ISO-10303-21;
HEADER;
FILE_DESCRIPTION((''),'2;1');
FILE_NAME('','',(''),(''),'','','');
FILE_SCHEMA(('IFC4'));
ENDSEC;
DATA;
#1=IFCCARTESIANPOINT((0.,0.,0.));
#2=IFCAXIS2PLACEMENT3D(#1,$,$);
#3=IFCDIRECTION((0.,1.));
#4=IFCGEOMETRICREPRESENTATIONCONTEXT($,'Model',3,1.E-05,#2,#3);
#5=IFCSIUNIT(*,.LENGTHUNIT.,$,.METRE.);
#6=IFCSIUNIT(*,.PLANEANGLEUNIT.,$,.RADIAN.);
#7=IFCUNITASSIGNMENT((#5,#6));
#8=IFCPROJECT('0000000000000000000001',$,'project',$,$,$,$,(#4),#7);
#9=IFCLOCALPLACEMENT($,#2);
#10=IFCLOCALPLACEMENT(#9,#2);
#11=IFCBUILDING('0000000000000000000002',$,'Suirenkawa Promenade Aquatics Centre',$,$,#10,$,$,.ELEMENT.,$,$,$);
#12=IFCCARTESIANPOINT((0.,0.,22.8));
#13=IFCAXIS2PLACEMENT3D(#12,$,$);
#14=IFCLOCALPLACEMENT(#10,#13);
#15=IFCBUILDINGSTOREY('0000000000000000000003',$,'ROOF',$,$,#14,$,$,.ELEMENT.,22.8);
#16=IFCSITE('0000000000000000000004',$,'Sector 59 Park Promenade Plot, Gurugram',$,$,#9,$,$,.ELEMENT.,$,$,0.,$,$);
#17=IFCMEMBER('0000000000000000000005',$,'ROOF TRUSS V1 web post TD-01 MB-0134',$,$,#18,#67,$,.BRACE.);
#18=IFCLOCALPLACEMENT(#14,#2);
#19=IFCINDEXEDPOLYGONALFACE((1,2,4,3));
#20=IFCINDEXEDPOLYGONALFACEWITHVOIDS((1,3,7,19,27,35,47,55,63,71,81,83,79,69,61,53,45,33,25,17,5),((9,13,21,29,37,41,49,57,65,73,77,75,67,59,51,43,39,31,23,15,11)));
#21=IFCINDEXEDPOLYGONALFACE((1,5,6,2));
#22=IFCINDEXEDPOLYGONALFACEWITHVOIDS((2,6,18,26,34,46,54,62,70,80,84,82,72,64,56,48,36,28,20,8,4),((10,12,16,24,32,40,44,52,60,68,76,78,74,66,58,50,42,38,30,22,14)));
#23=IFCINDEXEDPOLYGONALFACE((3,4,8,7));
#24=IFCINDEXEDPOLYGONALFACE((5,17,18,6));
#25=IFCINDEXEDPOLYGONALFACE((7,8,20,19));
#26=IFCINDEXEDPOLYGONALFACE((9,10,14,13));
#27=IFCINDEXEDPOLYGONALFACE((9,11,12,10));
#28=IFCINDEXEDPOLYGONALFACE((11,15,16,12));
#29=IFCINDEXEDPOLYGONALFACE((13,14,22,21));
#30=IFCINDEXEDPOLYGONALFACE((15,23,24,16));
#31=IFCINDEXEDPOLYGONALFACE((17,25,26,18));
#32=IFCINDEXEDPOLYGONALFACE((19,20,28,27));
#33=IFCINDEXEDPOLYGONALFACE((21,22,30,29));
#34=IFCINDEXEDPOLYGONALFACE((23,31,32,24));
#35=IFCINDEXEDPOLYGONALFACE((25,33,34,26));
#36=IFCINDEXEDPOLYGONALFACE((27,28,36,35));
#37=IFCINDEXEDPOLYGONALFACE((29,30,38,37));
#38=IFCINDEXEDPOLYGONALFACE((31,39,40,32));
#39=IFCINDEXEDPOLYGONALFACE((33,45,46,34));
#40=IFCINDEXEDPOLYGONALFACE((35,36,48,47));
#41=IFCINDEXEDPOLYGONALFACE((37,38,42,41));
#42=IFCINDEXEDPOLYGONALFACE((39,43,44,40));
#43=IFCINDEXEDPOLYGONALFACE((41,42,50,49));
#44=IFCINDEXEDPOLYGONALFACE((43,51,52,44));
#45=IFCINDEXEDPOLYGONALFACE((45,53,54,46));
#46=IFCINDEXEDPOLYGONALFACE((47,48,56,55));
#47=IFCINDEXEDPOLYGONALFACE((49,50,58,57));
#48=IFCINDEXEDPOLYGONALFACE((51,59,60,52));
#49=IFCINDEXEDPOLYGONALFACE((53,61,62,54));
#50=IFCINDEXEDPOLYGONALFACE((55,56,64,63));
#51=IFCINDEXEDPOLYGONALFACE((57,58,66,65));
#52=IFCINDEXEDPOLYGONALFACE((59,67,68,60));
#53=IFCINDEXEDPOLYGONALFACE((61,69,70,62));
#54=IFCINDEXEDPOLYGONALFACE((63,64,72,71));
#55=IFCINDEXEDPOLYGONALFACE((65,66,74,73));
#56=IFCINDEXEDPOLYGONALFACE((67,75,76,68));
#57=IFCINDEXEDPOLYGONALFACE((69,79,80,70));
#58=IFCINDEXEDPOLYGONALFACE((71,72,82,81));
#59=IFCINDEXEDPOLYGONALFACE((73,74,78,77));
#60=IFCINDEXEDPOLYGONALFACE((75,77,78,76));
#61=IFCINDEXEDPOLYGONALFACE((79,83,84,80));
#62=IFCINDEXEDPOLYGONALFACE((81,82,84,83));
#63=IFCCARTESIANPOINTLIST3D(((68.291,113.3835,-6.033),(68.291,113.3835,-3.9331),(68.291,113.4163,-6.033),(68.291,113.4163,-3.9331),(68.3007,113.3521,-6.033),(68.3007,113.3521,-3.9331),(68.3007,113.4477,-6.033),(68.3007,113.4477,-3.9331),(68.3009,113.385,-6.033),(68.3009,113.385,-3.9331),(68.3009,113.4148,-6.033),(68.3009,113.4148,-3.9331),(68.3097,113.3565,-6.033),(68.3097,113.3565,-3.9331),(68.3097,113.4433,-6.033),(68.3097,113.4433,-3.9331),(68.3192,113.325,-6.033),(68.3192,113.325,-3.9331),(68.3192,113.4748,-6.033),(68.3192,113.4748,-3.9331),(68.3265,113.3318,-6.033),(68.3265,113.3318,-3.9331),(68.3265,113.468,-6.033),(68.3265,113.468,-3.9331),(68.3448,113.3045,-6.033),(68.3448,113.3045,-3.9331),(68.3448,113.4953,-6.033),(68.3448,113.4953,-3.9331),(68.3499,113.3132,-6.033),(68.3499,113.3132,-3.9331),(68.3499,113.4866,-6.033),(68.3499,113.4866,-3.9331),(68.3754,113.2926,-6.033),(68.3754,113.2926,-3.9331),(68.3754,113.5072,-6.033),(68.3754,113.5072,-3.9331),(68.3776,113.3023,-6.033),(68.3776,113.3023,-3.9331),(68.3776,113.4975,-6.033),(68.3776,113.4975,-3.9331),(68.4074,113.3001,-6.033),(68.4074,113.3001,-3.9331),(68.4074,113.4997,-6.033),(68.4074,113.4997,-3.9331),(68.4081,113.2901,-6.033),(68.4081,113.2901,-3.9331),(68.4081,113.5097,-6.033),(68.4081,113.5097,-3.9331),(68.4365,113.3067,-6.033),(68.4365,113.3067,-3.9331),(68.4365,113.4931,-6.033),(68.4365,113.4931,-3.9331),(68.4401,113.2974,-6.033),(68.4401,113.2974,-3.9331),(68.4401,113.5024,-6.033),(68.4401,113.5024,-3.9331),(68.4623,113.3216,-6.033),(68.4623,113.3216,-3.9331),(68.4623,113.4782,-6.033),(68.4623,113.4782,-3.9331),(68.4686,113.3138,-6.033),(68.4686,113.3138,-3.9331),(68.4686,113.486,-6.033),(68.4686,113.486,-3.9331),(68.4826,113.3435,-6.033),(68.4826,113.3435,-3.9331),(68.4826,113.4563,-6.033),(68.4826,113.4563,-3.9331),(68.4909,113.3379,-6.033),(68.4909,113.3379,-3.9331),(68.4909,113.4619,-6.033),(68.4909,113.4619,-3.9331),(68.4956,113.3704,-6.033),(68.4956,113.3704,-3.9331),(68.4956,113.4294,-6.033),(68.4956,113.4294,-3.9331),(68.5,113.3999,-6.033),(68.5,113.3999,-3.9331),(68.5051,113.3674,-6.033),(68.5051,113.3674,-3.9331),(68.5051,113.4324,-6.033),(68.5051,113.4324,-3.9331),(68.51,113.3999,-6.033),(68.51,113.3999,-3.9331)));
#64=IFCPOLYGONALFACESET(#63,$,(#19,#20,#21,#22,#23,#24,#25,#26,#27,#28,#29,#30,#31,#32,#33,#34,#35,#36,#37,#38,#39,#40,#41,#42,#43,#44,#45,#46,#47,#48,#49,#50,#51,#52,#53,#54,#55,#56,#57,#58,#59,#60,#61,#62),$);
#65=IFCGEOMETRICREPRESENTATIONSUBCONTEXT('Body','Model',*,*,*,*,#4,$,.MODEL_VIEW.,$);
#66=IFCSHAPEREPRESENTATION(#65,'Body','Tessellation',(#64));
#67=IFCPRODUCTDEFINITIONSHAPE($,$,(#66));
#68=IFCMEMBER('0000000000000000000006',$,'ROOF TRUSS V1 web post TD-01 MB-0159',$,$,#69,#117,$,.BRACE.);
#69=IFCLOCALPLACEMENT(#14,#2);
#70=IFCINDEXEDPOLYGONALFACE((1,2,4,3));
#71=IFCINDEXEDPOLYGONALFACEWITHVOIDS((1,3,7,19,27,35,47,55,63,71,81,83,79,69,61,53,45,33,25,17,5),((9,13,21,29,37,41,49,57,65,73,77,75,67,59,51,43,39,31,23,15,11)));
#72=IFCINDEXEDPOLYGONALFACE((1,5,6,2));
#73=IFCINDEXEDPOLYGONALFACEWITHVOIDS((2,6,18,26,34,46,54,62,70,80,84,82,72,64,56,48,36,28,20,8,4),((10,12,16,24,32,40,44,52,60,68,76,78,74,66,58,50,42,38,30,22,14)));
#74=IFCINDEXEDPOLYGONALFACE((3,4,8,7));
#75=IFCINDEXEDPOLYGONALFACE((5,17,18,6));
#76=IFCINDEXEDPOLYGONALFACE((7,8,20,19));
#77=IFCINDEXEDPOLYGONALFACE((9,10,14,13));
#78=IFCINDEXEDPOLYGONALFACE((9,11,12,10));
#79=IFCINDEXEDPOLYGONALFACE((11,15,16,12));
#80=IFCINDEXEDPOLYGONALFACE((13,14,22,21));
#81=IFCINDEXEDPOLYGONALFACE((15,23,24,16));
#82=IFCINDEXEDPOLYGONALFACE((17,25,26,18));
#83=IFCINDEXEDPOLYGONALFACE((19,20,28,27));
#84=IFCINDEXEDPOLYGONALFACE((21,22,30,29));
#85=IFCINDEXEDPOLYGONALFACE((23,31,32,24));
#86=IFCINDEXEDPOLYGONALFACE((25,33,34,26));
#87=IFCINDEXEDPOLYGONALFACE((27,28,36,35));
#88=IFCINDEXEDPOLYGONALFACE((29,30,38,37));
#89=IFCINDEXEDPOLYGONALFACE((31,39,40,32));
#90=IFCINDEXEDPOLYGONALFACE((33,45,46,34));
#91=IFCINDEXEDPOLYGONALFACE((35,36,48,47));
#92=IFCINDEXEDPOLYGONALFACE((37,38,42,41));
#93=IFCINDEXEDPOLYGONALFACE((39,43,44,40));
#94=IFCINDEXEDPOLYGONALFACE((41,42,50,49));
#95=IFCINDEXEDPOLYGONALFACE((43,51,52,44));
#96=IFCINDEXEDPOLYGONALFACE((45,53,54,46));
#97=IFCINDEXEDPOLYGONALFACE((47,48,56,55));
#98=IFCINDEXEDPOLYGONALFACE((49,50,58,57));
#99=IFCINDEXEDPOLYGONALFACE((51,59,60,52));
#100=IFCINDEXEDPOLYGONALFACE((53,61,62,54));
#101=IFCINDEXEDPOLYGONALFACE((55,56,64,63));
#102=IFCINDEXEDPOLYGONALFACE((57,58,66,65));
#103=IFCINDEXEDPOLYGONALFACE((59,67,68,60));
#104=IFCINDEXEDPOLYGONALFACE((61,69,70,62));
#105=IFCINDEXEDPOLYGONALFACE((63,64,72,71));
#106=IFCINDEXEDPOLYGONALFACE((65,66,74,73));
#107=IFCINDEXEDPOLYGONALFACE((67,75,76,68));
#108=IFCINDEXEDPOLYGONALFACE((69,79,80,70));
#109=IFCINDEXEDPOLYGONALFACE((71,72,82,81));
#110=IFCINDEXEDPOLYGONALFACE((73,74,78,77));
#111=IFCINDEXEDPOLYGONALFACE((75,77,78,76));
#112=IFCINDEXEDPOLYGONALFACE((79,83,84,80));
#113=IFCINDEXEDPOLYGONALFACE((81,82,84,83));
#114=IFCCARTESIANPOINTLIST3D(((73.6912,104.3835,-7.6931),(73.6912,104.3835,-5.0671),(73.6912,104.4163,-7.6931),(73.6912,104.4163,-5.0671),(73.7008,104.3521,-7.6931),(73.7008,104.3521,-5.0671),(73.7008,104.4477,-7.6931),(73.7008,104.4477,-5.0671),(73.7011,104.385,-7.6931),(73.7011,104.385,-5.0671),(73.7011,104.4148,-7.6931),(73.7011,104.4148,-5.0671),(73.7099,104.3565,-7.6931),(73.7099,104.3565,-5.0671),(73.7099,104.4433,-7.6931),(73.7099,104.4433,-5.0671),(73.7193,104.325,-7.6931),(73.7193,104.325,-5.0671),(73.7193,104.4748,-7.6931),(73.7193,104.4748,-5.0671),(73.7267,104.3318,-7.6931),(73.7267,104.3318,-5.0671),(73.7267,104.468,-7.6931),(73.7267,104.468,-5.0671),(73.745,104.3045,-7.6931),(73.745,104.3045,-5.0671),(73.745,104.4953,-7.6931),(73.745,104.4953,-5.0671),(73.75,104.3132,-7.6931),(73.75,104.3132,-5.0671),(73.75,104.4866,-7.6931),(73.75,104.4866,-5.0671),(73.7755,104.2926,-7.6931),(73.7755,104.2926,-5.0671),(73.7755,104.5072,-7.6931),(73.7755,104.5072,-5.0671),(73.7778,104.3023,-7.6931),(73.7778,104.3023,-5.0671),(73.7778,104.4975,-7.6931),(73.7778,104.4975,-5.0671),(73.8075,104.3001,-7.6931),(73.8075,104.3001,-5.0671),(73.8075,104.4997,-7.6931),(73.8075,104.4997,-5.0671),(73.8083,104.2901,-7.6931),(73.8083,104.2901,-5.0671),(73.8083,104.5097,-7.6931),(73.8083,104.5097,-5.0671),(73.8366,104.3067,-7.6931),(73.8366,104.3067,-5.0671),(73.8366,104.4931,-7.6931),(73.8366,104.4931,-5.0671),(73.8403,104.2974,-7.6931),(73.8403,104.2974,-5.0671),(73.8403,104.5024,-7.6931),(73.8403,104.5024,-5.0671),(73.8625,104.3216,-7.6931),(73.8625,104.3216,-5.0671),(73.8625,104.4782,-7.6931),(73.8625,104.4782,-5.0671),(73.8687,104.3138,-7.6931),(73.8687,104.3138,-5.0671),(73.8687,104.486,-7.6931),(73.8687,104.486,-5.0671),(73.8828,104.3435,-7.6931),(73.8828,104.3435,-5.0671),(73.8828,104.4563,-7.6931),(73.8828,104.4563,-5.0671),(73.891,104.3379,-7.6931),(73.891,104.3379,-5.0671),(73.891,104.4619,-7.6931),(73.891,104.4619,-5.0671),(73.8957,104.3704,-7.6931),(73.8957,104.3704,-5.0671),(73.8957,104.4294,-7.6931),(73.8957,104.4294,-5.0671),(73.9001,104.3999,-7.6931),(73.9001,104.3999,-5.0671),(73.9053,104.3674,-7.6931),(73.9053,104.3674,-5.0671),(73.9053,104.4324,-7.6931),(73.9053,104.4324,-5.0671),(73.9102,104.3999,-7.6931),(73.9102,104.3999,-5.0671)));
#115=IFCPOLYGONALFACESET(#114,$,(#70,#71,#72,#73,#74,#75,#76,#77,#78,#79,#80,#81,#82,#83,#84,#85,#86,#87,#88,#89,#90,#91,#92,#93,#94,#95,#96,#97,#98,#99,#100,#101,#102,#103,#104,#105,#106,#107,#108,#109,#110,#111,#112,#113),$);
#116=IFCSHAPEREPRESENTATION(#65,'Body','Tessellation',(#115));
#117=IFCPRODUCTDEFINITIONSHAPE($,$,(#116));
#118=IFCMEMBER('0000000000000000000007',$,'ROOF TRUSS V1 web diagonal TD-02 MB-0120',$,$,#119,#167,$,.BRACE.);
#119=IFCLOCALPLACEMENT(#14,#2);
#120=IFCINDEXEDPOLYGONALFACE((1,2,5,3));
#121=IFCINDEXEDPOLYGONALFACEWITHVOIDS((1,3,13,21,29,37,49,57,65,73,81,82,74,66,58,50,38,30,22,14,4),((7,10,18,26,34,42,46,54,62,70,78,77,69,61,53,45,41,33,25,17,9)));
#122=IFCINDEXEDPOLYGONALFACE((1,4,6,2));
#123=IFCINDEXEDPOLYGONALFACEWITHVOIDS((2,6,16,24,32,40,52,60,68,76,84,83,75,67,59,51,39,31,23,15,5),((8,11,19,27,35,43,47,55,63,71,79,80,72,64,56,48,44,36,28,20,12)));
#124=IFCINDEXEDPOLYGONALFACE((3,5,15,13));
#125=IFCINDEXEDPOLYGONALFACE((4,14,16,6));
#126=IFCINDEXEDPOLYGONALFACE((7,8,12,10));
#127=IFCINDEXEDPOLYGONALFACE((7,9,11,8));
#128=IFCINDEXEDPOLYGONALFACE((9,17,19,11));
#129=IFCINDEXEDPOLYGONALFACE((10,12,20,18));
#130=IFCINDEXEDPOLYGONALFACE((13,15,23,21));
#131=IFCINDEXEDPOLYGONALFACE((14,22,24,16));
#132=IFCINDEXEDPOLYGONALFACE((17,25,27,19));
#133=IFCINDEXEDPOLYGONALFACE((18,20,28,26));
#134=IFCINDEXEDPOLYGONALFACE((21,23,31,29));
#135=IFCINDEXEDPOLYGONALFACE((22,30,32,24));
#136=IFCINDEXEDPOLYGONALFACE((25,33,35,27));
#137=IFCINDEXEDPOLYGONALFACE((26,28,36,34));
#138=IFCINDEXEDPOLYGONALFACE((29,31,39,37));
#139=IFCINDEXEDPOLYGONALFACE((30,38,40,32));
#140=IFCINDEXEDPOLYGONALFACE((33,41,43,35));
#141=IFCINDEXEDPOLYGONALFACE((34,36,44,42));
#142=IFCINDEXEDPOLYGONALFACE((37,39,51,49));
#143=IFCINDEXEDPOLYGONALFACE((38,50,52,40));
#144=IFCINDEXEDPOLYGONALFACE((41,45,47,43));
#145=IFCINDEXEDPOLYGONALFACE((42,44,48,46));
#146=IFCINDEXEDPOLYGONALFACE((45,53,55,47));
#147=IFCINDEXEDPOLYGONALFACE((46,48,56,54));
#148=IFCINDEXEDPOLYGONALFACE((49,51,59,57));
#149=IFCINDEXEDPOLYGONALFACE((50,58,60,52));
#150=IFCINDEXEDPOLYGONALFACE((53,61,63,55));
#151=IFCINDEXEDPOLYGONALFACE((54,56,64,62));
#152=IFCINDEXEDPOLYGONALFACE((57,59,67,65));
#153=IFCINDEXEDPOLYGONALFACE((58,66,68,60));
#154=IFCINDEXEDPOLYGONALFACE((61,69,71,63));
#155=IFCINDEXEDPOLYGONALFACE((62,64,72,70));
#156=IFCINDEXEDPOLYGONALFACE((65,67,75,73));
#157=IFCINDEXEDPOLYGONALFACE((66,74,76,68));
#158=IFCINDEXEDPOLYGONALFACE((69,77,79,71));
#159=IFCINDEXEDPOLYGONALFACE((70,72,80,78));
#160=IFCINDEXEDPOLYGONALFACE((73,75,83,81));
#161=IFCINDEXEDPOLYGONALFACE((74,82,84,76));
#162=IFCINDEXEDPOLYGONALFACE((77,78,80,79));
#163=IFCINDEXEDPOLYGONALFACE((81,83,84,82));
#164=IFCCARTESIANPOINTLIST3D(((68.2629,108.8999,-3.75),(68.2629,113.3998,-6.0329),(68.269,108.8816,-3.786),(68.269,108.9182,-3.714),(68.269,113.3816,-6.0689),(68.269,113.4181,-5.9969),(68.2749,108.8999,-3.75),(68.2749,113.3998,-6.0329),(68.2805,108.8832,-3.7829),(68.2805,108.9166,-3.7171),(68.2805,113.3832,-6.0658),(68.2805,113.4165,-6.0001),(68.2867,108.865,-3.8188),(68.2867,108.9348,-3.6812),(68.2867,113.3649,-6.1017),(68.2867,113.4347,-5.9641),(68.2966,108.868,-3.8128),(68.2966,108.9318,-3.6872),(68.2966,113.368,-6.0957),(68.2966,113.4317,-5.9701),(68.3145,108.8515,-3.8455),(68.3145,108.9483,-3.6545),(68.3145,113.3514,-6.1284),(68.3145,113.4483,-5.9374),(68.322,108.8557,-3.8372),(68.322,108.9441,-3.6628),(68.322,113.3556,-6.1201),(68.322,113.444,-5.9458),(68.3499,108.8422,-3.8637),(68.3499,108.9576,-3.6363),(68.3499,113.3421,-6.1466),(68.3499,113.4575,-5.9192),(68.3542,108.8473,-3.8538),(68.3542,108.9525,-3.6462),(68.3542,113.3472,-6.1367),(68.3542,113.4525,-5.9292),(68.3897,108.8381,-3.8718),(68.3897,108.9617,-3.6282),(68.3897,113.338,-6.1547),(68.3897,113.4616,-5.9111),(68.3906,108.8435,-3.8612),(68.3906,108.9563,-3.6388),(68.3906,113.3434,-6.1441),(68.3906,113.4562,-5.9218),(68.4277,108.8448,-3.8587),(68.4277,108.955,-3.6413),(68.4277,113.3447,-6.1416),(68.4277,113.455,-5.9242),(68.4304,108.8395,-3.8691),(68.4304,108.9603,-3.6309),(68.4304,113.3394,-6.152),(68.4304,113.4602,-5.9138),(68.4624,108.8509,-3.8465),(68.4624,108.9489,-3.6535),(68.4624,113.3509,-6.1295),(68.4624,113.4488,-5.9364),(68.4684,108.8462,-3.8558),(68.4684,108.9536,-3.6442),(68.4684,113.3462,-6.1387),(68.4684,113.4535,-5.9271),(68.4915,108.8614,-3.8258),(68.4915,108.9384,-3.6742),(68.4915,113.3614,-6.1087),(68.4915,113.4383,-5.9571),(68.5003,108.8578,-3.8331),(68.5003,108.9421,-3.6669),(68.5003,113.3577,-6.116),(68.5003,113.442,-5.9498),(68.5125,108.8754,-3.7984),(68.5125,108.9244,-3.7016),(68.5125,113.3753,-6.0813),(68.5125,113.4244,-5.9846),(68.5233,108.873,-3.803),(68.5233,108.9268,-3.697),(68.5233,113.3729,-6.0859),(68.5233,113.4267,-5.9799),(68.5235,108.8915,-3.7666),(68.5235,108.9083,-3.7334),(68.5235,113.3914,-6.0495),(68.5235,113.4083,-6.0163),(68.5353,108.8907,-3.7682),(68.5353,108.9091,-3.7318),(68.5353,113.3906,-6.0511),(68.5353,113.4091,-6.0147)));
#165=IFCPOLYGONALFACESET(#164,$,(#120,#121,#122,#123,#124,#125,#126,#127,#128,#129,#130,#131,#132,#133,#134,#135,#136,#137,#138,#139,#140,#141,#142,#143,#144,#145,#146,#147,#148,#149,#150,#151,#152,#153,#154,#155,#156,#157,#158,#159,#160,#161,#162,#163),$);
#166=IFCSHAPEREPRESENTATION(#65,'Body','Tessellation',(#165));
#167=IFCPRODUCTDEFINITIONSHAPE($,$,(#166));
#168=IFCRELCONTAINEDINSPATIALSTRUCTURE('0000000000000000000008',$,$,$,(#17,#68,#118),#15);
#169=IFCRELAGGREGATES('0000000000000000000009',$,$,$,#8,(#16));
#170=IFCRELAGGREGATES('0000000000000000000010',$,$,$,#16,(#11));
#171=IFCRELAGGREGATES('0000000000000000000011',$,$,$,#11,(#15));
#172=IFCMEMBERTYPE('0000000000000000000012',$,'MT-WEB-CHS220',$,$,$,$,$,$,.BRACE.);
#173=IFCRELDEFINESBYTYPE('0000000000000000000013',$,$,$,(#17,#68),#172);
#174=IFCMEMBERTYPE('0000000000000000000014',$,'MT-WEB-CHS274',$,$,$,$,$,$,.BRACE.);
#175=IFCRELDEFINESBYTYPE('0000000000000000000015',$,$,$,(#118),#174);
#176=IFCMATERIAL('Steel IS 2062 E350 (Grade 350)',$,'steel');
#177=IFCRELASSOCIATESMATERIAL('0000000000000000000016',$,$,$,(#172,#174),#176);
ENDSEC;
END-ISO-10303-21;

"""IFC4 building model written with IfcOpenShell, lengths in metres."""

from ifc_helpers import new_model, si_unit, direction, frame, origin, origin_2d, place, context, subcontext, project, spatial, hollow_circle, extrude, material, material_profile, profile_set, type_object, element, save


model = new_model("IFC4")

# Units and contexts
model_context = context("Model", 3, precision=1e-05, world=origin(), true_north=direction((0.0, 1.0)))
body_context = subcontext(model_context, "Body", "Model", "MODEL_VIEW")
ifc_project = project(units=[si_unit("LENGTHUNIT", "METRE"), si_unit("PLANEANGLEUNIT", "RADIAN")], contexts=[model_context])

# Site, building, storey
site_placement = place(None, origin())
site = spatial("IfcSite", under=ifc_project, at=site_placement, Name="Sector 59 Park Promenade Plot, Gurugram", CompositionType="ELEMENT", RefElevation=0.0)
building_placement = place(site_placement, origin())
building = spatial("IfcBuilding", under=site, at=building_placement, Name="Suirenkawa Promenade Aquatics Centre", CompositionType="ELEMENT")
storey_placement = place(building_placement, frame((0.0, 0.0, 22.8)))
storey = spatial("IfcBuildingStorey", under=building, at=storey_placement, Name="ROOF", CompositionType="ELEMENT", Elevation=22.8)

# Shared definitions
ifc_material = material(Name="Steel IS 2062 E350 (Grade 350)", Category="steel")

# Members
ifc_material_profile_1 = material_profile(ifc_material, hollow_circle(Radius=0.1101, WallThickness=0.01, at=origin_2d()), Name="CHS 220x10", Category="steel")
ifc_profile_set_1 = profile_set([ifc_material_profile_1], Name="Steel IS 2062 E350 (Grade 350)")
member_type_1 = type_object("IfcMemberType", Name="MT-WEB-CHS220", PredefinedType="BRACE", material=ifc_profile_set_1)
member_1_placement = place(storey_placement, frame((68.3999, 113.3999, -6.033), z_axis=(0.0, 0.0, 1.0), x_axis=(1.0, 0.0, 0.0)))
element("IfcMember", 1, at=member_1_placement, inside=storey, type_object=member_type_1, Name="ROOF TRUSS V1 web post TD-01 MB-0134", PredefinedType="BRACE", context=body_context, shape_type="SweptSolid", body=[
    extrude(hollow_circle(Radius=0.1101, WallThickness=0.01, at=origin_2d()), origin(), (0.0, 0.0, 1.0), 2.0999),
])
member_2_placement = place(storey_placement, frame((73.8, 104.3999, -7.6931), z_axis=(0.0, 0.0, 1.0), x_axis=(1.0, 0.0, 0.0)))
element("IfcMember", 2, at=member_2_placement, inside=storey, type_object=member_type_1, Name="ROOF TRUSS V1 web post TD-01 MB-0159", PredefinedType="BRACE", context=body_context, shape_type="SweptSolid", body=[
    extrude(hollow_circle(Radius=0.1101, WallThickness=0.01, at=origin_2d()), origin(), (0.0, 0.0, 1.0), 2.626),
])
ifc_material_profile_2 = material_profile(ifc_material, hollow_circle(Radius=0.137, WallThickness=0.012, at=origin_2d()), Name="CHS 274x12", Category="steel")
ifc_profile_set_2 = profile_set([ifc_material_profile_2], Name="Steel IS 2062 E350 (Grade 350)")
member_type_2 = type_object("IfcMemberType", Name="MT-WEB-CHS274", PredefinedType="BRACE", material=ifc_profile_set_2)
member_3_placement = place(storey_placement, frame((68.3999, 108.8999, -3.75), z_axis=(0.0, 0.891799, -0.452431), x_axis=(-1.0, 0.0, 0.0)))
element("IfcMember", 3, at=member_3_placement, inside=storey, type_object=member_type_2, Name="ROOF TRUSS V1 web diagonal TD-02 MB-0120", PredefinedType="BRACE", context=body_context, shape_type="SweptSolid", body=[
    extrude(hollow_circle(Radius=0.137, WallThickness=0.012, at=origin_2d()), origin(), (0.0, 0.0, 1.0), 5.0459),
])

save(model, "model.ifc")
